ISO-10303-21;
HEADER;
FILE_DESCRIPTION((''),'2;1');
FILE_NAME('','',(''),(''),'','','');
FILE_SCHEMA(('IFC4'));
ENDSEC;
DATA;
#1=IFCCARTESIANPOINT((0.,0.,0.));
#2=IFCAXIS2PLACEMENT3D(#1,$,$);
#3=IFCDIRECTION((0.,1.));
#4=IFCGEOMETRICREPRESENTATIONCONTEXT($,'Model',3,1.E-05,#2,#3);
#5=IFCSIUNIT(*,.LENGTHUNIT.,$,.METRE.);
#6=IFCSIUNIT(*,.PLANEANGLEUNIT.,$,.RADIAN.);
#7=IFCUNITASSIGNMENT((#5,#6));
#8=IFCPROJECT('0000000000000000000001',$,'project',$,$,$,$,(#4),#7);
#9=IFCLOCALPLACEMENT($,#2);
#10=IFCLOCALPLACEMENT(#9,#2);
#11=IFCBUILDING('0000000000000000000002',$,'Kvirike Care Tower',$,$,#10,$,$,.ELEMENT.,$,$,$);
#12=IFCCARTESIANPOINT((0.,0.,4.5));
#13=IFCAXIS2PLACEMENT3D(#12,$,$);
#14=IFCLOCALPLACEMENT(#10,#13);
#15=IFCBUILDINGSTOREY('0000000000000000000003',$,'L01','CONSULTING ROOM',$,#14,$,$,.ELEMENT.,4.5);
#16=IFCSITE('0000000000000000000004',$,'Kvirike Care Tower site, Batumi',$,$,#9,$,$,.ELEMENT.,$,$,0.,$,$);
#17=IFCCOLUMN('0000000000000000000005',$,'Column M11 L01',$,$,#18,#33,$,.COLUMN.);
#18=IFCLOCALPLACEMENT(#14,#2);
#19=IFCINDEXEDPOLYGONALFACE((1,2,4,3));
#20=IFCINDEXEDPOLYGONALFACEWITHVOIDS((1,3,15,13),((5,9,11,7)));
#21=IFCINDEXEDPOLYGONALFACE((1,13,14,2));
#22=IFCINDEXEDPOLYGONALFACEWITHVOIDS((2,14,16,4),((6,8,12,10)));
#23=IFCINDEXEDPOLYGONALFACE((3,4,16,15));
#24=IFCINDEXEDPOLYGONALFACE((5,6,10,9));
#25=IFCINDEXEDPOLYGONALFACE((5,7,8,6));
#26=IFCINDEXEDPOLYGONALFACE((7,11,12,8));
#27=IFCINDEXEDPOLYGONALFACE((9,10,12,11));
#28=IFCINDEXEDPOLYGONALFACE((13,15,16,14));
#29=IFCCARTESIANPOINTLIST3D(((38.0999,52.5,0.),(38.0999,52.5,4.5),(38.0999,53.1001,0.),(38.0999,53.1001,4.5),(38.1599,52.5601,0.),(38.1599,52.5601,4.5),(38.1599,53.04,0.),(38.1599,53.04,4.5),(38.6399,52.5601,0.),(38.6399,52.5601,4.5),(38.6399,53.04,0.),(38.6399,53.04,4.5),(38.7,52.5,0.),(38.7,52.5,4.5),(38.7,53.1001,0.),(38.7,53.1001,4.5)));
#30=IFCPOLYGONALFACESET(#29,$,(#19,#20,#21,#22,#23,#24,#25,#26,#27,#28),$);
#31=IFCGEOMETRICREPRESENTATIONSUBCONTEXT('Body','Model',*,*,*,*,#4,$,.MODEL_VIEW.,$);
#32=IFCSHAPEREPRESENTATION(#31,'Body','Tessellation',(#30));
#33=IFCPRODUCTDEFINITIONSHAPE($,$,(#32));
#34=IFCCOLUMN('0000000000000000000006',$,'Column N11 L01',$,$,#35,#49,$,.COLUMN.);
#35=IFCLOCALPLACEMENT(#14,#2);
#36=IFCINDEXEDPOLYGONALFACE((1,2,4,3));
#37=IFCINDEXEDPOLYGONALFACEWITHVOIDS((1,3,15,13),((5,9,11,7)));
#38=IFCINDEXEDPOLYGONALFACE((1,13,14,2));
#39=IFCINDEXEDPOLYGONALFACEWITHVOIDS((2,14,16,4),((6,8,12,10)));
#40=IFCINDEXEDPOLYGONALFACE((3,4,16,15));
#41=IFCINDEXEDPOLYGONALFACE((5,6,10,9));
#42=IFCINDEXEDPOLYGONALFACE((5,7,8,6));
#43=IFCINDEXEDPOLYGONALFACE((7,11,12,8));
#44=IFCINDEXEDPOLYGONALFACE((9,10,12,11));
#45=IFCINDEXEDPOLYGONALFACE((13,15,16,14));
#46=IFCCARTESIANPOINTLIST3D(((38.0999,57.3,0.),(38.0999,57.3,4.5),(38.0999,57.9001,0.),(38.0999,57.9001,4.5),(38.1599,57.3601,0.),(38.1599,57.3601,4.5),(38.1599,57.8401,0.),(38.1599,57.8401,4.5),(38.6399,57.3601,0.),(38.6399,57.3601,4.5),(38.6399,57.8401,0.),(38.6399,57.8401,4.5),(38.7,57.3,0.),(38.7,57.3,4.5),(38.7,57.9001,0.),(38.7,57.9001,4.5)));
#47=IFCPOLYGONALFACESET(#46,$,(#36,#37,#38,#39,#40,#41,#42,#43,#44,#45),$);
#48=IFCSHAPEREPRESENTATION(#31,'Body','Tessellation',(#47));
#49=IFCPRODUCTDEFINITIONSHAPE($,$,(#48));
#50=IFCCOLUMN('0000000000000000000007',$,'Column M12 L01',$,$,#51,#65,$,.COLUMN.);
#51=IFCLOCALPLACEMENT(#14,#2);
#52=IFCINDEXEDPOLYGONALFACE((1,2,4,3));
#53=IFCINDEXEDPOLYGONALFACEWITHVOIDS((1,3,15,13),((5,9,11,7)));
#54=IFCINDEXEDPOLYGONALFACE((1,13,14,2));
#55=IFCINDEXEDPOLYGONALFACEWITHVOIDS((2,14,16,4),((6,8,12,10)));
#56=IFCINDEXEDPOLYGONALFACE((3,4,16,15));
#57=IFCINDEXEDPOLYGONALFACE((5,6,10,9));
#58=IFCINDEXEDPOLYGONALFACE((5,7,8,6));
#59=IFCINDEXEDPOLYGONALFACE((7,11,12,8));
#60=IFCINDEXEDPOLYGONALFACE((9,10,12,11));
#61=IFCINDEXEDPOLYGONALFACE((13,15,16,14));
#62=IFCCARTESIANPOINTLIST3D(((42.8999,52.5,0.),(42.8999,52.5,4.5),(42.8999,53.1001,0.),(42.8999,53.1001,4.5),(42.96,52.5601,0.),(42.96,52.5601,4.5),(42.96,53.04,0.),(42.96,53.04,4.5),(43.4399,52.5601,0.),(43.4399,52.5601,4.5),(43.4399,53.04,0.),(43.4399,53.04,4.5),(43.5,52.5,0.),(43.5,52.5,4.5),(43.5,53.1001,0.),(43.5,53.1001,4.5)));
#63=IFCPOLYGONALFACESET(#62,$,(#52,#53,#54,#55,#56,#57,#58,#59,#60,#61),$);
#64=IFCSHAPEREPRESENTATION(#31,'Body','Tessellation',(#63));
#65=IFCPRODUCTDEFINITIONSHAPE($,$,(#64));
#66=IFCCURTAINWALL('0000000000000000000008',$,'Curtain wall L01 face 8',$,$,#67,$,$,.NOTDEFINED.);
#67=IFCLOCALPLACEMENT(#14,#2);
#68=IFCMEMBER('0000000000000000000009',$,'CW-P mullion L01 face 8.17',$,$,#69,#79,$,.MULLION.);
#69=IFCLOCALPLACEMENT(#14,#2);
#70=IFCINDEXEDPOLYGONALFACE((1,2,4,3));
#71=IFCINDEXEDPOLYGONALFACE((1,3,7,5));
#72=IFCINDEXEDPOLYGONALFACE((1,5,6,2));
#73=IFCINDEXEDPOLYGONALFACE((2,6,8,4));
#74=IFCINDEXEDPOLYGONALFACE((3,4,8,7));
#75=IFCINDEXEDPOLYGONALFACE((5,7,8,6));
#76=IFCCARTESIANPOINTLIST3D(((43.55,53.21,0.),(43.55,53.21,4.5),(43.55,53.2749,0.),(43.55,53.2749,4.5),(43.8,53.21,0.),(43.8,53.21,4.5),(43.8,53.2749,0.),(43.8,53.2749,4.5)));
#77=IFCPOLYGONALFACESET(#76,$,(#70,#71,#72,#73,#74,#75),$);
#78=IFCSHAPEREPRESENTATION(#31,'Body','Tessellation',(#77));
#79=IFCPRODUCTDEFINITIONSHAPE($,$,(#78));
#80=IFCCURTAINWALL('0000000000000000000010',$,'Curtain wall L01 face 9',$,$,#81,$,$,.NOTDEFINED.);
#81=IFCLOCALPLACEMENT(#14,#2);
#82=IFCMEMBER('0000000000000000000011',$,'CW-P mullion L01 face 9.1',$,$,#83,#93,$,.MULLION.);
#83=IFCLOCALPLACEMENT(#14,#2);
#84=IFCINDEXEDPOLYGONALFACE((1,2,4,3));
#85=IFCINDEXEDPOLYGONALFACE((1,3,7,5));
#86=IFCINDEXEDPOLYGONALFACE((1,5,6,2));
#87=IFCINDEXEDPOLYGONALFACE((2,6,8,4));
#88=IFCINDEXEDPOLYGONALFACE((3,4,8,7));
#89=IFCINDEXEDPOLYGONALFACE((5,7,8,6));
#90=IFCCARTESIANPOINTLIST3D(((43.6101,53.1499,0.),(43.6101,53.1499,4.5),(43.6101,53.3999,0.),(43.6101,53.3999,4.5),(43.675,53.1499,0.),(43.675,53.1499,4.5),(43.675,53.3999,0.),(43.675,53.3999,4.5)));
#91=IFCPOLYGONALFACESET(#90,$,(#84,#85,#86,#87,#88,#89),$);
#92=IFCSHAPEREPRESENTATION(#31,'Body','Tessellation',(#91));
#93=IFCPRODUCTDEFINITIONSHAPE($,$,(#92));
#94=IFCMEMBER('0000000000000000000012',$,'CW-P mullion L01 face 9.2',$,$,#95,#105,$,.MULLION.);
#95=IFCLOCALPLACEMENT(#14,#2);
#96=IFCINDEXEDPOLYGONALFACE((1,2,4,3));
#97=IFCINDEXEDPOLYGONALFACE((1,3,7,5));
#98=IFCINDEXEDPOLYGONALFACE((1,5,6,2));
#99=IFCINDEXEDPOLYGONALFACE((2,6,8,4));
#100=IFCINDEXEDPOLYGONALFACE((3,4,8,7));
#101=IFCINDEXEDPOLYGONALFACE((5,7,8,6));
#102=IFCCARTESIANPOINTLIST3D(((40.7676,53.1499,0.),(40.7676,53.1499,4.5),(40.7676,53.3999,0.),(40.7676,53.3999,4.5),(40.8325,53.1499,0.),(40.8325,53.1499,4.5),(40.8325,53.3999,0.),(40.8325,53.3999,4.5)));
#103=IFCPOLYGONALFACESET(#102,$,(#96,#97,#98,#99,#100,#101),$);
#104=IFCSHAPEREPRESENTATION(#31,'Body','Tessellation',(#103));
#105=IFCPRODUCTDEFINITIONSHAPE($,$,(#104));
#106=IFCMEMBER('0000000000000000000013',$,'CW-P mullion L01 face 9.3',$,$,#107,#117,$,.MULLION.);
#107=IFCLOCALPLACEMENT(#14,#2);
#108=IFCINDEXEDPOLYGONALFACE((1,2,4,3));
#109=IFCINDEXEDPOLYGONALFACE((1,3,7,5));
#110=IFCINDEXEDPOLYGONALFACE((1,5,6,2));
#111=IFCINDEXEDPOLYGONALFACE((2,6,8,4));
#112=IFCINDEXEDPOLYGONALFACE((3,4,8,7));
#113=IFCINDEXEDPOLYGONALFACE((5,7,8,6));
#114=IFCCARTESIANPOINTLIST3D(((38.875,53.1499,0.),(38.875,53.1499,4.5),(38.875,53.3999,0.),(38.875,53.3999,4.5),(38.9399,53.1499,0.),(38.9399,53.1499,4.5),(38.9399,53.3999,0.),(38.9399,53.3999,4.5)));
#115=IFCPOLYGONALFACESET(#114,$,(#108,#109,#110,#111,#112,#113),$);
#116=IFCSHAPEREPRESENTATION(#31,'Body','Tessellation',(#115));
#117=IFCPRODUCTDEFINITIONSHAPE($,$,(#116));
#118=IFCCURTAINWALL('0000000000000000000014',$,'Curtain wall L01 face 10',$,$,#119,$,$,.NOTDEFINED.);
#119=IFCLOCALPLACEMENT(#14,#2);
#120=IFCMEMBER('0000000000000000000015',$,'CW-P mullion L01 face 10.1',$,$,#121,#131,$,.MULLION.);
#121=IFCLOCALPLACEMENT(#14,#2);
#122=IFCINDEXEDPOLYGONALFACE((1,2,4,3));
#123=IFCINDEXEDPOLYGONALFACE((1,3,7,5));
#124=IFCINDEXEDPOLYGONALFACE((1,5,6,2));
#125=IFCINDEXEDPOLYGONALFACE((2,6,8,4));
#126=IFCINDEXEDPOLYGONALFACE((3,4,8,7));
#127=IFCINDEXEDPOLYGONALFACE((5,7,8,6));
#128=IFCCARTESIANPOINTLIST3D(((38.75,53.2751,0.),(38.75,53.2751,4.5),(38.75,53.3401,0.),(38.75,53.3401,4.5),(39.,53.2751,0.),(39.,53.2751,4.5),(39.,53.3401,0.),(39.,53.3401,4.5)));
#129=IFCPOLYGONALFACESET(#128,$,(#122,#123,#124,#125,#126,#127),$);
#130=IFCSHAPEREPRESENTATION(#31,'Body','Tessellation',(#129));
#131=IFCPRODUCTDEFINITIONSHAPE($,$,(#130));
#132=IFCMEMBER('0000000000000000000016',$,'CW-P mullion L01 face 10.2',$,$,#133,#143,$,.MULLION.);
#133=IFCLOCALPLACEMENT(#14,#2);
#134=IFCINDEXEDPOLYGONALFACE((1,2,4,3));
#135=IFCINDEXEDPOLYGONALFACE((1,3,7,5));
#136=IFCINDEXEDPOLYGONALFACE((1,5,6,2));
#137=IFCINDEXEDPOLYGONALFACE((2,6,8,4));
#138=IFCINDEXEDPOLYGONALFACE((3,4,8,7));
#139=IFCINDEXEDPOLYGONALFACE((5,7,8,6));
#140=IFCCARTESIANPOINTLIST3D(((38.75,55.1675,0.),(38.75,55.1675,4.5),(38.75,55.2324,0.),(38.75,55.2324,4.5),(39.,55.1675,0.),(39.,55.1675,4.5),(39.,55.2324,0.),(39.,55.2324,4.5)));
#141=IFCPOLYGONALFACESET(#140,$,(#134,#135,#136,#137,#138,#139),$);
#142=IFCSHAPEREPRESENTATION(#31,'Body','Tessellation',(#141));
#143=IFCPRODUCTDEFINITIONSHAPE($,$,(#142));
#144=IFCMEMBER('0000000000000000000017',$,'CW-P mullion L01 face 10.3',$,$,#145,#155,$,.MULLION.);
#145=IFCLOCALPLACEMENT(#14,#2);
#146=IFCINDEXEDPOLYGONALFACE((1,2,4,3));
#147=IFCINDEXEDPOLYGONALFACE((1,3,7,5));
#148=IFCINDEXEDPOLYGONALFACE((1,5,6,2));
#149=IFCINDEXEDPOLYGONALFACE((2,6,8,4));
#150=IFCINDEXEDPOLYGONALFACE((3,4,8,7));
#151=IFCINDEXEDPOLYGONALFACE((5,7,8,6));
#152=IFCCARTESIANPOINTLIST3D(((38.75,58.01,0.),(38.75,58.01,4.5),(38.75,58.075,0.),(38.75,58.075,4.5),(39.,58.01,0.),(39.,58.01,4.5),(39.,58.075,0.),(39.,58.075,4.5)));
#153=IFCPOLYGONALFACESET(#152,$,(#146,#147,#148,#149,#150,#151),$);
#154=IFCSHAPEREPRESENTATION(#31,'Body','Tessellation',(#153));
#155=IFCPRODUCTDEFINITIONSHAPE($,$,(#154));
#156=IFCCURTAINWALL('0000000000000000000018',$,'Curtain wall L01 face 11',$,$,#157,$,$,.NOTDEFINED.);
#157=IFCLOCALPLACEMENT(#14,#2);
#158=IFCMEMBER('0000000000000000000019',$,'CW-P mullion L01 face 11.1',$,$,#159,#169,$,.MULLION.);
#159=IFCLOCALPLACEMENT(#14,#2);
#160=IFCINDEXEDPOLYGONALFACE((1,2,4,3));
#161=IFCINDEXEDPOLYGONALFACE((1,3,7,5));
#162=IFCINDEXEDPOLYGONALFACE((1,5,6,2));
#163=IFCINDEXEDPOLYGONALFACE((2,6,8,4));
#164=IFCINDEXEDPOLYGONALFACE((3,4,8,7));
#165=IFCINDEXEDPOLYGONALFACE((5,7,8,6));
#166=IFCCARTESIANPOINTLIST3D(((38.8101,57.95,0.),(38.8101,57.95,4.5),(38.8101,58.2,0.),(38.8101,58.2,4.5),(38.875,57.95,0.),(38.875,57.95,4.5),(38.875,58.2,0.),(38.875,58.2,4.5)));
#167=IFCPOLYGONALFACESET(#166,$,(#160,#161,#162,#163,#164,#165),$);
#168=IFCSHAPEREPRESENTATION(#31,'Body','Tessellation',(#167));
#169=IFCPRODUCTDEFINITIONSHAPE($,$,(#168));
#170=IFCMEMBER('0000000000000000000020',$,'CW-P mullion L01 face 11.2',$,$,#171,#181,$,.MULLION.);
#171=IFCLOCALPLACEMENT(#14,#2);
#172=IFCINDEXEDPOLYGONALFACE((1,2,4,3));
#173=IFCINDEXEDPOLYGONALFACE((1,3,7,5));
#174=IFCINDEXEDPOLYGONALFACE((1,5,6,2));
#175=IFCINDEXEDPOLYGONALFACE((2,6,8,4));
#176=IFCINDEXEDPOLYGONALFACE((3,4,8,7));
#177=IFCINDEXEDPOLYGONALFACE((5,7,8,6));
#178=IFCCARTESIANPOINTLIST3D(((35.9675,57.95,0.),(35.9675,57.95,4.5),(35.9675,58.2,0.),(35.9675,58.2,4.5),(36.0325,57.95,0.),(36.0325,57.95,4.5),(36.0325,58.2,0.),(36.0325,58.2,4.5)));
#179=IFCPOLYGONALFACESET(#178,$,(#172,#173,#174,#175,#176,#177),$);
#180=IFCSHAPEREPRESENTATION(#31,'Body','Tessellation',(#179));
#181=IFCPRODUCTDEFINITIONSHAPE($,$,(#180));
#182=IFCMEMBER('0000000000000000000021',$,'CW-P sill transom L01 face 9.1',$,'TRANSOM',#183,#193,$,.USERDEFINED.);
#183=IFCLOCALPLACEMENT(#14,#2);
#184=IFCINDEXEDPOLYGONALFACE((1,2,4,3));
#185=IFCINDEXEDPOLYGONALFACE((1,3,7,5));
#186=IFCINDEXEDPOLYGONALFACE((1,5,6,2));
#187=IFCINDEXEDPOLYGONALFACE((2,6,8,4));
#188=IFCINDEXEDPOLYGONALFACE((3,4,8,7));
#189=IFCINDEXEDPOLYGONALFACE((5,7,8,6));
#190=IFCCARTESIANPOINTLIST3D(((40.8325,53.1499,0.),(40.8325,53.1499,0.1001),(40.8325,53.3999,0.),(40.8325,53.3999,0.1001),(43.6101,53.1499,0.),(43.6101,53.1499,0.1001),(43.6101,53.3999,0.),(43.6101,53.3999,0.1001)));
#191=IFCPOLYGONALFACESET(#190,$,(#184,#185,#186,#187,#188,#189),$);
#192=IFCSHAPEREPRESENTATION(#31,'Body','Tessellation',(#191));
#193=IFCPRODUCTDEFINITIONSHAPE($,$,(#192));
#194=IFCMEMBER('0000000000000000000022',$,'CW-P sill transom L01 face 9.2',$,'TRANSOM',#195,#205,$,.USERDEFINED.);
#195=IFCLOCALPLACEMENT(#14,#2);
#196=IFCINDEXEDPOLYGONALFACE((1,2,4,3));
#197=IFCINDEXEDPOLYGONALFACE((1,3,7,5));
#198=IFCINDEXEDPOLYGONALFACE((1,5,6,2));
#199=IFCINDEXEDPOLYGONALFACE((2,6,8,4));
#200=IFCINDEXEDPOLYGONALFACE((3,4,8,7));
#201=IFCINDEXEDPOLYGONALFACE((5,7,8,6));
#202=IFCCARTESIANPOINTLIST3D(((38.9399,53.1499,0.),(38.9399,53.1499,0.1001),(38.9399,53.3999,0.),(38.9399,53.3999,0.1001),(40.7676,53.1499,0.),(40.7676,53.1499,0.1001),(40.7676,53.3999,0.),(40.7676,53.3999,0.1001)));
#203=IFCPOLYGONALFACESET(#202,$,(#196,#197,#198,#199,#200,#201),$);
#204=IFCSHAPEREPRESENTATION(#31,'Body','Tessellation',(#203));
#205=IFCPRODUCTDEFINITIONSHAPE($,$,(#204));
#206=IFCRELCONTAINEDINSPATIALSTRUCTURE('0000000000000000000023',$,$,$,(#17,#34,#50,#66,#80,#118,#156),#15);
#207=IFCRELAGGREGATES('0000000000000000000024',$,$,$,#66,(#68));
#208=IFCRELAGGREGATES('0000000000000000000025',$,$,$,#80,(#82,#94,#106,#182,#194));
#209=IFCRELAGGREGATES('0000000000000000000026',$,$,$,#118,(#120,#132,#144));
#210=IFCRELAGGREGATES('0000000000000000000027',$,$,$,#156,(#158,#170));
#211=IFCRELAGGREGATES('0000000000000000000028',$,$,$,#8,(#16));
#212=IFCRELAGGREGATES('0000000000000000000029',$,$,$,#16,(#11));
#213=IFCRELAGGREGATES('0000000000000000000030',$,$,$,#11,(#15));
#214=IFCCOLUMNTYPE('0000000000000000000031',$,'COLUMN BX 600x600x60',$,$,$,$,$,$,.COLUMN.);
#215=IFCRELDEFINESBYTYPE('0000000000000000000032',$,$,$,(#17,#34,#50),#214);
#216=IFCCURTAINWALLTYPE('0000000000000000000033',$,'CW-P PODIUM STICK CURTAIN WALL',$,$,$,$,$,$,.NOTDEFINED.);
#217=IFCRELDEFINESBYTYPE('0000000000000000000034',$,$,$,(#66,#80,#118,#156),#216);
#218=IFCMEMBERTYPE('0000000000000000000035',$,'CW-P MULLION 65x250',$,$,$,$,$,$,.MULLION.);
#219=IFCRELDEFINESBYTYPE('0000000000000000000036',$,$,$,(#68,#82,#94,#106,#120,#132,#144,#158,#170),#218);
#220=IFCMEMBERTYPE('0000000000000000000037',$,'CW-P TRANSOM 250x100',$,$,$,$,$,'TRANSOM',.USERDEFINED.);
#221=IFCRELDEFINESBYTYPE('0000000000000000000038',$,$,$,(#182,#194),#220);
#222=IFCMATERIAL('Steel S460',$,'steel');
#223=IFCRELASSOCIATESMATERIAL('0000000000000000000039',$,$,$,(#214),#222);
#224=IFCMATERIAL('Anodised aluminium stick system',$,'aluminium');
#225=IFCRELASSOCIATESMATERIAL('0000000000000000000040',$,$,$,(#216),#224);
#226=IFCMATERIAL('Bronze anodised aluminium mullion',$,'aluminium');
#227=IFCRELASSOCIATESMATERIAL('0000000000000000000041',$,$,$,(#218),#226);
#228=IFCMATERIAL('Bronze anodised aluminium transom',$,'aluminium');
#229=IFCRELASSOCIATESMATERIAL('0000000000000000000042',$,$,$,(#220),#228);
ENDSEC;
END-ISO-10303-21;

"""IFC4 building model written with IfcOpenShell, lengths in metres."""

from ifc_helpers import new_model, si_unit, direction, frame, origin, origin_2d, place, context, subcontext, project, spatial, rectangle, hollow_rectangle, extrude, material, material_profile, profile_set, type_object, element, aggregate, save


model = new_model("IFC4")

# Units and contexts
model_context = context("Model", 3, precision=1e-05, world=origin(), true_north=direction((0.0, 1.0)))
body_context = subcontext(model_context, "Body", "Model", "MODEL_VIEW")
ifc_project = project(units=[si_unit("LENGTHUNIT", "METRE"), si_unit("PLANEANGLEUNIT", "RADIAN")], contexts=[model_context])

# Site, building, storey
site_placement = place(None, origin())
site = spatial("IfcSite", under=ifc_project, at=site_placement, Name="Kvirike Care Tower site, Batumi", CompositionType="ELEMENT", RefElevation=0.0)
building_placement = place(site_placement, origin())
building = spatial("IfcBuilding", under=site, at=building_placement, Name="Kvirike Care Tower", CompositionType="ELEMENT")
storey_placement = place(building_placement, frame((0.0, 0.0, 4.5)))
storey = spatial("IfcBuildingStorey", under=building, at=storey_placement, Name="L01", Description="CONSULTING ROOM", CompositionType="ELEMENT", Elevation=4.5)

# Columns
ifc_material_1 = material(Name="Steel S460", Category="steel")
ifc_material_profile_1 = material_profile(ifc_material_1, hollow_rectangle(XDim=0.6001, YDim=0.6001, WallThickness=0.0601, at=origin_2d()), Name="BX 600x600x60")
ifc_profile_set_1 = profile_set([ifc_material_profile_1], Name="Steel S460")
column_type = type_object("IfcColumnType", Name="COLUMN BX 600x600x60", PredefinedType="COLUMN", material=ifc_profile_set_1)
for number, where, z_axis, x_axis, name in (
    (1, (38.3999, 52.8, 0.0), (0.0, 0.0, 1.0), (0.0, 1.0, 0.0), "Column M11 L01"),
    (2, (38.3999, 57.6001, 0.0), (0.0, 0.0, 1.0), (0.0, 1.0, 0.0), "Column N11 L01"),
    (3, (43.2, 52.8, 0.0), (0.0, 0.0, 1.0), (0.0, 1.0, 0.0), "Column M12 L01"),
):
    element("IfcColumn", number, at=place(storey_placement, frame(where, z_axis=z_axis, x_axis=x_axis)), inside=storey, type_object=column_type, Name=name, PredefinedType="COLUMN", context=body_context, shape_type="SweptSolid", body=[
        extrude(hollow_rectangle(XDim=0.6001, YDim=0.6001, WallThickness=0.0601, at=origin_2d()), origin(), (0.0, 0.0, 1.0), 4.5),
    ])

# Curtain wall, member
ifc_material_2 = material(Name="Anodised aluminium stick system", Category="aluminium")
curtain_wall_type = type_object("IfcCurtainWallType", Name="CW-P PODIUM STICK CURTAIN WALL", PredefinedType="NOTDEFINED", material=ifc_material_2)
curtain_wall_1_placement = place(storey_placement, origin())
curtain_wall_1 = element("IfcCurtainWall", 4, at=curtain_wall_1_placement, inside=storey, type_object=curtain_wall_type, Name="Curtain wall L01 face 8", PredefinedType="NOTDEFINED")
ifc_material_3 = material(Name="Bronze anodised aluminium mullion", Category="aluminium")
ifc_material_profile_2 = material_profile(ifc_material_3, rectangle(XDim=0.0649, YDim=0.25, at=origin_2d()), Name="CW-P MULLION 65x250")
ifc_profile_set_2 = profile_set([ifc_material_profile_2], Name="Bronze anodised aluminium mullion")
member_type_1 = type_object("IfcMemberType", Name="CW-P MULLION 65x250", PredefinedType="MULLION", material=ifc_profile_set_2)
member_1_placement = place(storey_placement, frame((43.675, 53.2424, 0.0), z_axis=(0.0, 0.0, 1.0), x_axis=(0.0, 1.0, 0.0)))
member_1 = element("IfcMember", 5, at=member_1_placement, type_object=member_type_1, Name="CW-P mullion L01 face 8.17", PredefinedType="MULLION", context=body_context, shape_type="SweptSolid", body=[
    extrude(rectangle(XDim=0.0649, YDim=0.25, at=origin_2d()), origin(), (0.0, 0.0, 1.0), 4.5),
])
aggregate(curtain_wall_1, [member_1])

# Curtain walls, members
curtain_wall_2_placement = place(storey_placement, origin())
curtain_wall_2 = element("IfcCurtainWall", 6, at=curtain_wall_2_placement, inside=storey, type_object=curtain_wall_type, Name="Curtain wall L01 face 9", PredefinedType="NOTDEFINED")
member_2_placement = place(storey_placement, frame((43.6426, 53.2749, 0.0), z_axis=(0.0, 0.0, 1.0), x_axis=(-1.0, 0.0, 0.0)))
member_2 = element("IfcMember", 7, at=member_2_placement, type_object=member_type_1, Name="CW-P mullion L01 face 9.1", PredefinedType="MULLION", context=body_context, shape_type="SweptSolid", body=[
    extrude(rectangle(XDim=0.0649, YDim=0.25, at=origin_2d()), origin(), (0.0, 0.0, 1.0), 4.5),
])
member_3_placement = place(storey_placement, frame((40.8, 53.2749, 0.0), z_axis=(0.0, 0.0, 1.0), x_axis=(-1.0, 0.0, 0.0)))
member_3 = element("IfcMember", 8, at=member_3_placement, type_object=member_type_1, Name="CW-P mullion L01 face 9.2", PredefinedType="MULLION", context=body_context, shape_type="SweptSolid", body=[
    extrude(rectangle(XDim=0.0649, YDim=0.25, at=origin_2d()), origin(), (0.0, 0.0, 1.0), 4.5),
])
member_4_placement = place(storey_placement, frame((38.9075, 53.2749, 0.0), z_axis=(0.0, 0.0, 1.0), x_axis=(-1.0, 0.0, 0.0)))
member_4 = element("IfcMember", 9, at=member_4_placement, type_object=member_type_1, Name="CW-P mullion L01 face 9.3", PredefinedType="MULLION", context=body_context, shape_type="SweptSolid", body=[
    extrude(rectangle(XDim=0.0649, YDim=0.25, at=origin_2d()), origin(), (0.0, 0.0, 1.0), 4.5),
])
curtain_wall_3_placement = place(storey_placement, origin())
curtain_wall_3 = element("IfcCurtainWall", 10, at=curtain_wall_3_placement, inside=storey, type_object=curtain_wall_type, Name="Curtain wall L01 face 10", PredefinedType="NOTDEFINED")
member_5_placement = place(storey_placement, frame((38.875, 53.3076, 0.0), z_axis=(0.0, 0.0, 1.0), x_axis=(0.0, 1.0, 0.0)))
member_5 = element("IfcMember", 11, at=member_5_placement, type_object=member_type_1, Name="CW-P mullion L01 face 10.1", PredefinedType="MULLION", context=body_context, shape_type="SweptSolid", body=[
    extrude(rectangle(XDim=0.0649, YDim=0.25, at=origin_2d()), origin(), (0.0, 0.0, 1.0), 4.5),
])
member_6_placement = place(storey_placement, frame((38.875, 55.2, 0.0), z_axis=(0.0, 0.0, 1.0), x_axis=(0.0, 1.0, 0.0)))
member_6 = element("IfcMember", 12, at=member_6_placement, type_object=member_type_1, Name="CW-P mullion L01 face 10.2", PredefinedType="MULLION", context=body_context, shape_type="SweptSolid", body=[
    extrude(rectangle(XDim=0.0649, YDim=0.25, at=origin_2d()), origin(), (0.0, 0.0, 1.0), 4.5),
])
member_7_placement = place(storey_placement, frame((38.875, 58.0425, 0.0), z_axis=(0.0, 0.0, 1.0), x_axis=(0.0, 1.0, 0.0)))
member_7 = element("IfcMember", 13, at=member_7_placement, type_object=member_type_1, Name="CW-P mullion L01 face 10.3", PredefinedType="MULLION", context=body_context, shape_type="SweptSolid", body=[
    extrude(rectangle(XDim=0.0649, YDim=0.25, at=origin_2d()), origin(), (0.0, 0.0, 1.0), 4.5),
])
curtain_wall_4_placement = place(storey_placement, origin())
curtain_wall_4 = element("IfcCurtainWall", 14, at=curtain_wall_4_placement, inside=storey, type_object=curtain_wall_type, Name="Curtain wall L01 face 11", PredefinedType="NOTDEFINED")
member_8_placement = place(storey_placement, frame((38.8425, 58.075, 0.0), z_axis=(0.0, 0.0, 1.0), x_axis=(-1.0, 0.0, 0.0)))
member_8 = element("IfcMember", 15, at=member_8_placement, type_object=member_type_1, Name="CW-P mullion L01 face 11.1", PredefinedType="MULLION", context=body_context, shape_type="SweptSolid", body=[
    extrude(rectangle(XDim=0.0649, YDim=0.25, at=origin_2d()), origin(), (0.0, 0.0, 1.0), 4.5),
])
member_9_placement = place(storey_placement, frame((36.0, 58.075, 0.0), z_axis=(0.0, 0.0, 1.0), x_axis=(-1.0, 0.0, 0.0)))
member_9 = element("IfcMember", 16, at=member_9_placement, type_object=member_type_1, Name="CW-P mullion L01 face 11.2", PredefinedType="MULLION", context=body_context, shape_type="SweptSolid", body=[
    extrude(rectangle(XDim=0.0649, YDim=0.25, at=origin_2d()), origin(), (0.0, 0.0, 1.0), 4.5),
])

# Members
ifc_material_4 = material(Name="Bronze anodised aluminium transom", Category="aluminium")
ifc_material_profile_3 = material_profile(ifc_material_4, rectangle(XDim=0.25, YDim=0.1001, at=origin_2d()), Name="CW-P TRANSOM 250x100")
ifc_profile_set_3 = profile_set([ifc_material_profile_3], Name="Bronze anodised aluminium transom")
member_type_2 = type_object("IfcMemberType", Name="CW-P TRANSOM 250x100", ElementType="TRANSOM", PredefinedType="USERDEFINED", material=ifc_profile_set_3)
member_10_placement = place(storey_placement, frame((43.6101, 53.2749, 0.05), z_axis=(-1.0, 0.0, 0.0), x_axis=(0.0, -1.0, 0.0)))
member_10 = element("IfcMember", 17, at=member_10_placement, type_object=member_type_2, Name="CW-P sill transom L01 face 9.1", ObjectType="TRANSOM", PredefinedType="USERDEFINED", context=body_context, shape_type="SweptSolid", body=[
    extrude(rectangle(XDim=0.25, YDim=0.1001, at=origin_2d()), origin(), (0.0, 0.0, 1.0), 2.7776),
])
member_11_placement = place(storey_placement, frame((40.7676, 53.2749, 0.05), z_axis=(-1.0, 0.0, 0.0), x_axis=(0.0, -1.0, 0.0)))
member_11 = element("IfcMember", 18, at=member_11_placement, type_object=member_type_2, Name="CW-P sill transom L01 face 9.2", ObjectType="TRANSOM", PredefinedType="USERDEFINED", context=body_context, shape_type="SweptSolid", body=[
    extrude(rectangle(XDim=0.25, YDim=0.1001, at=origin_2d()), origin(), (0.0, 0.0, 1.0), 1.8276),
])

aggregate(curtain_wall_2, [member_2, member_3, member_4, member_10, member_11])
aggregate(curtain_wall_3, [member_5, member_6, member_7])
aggregate(curtain_wall_4, [member_8, member_9])

save(model, "model.ifc")
